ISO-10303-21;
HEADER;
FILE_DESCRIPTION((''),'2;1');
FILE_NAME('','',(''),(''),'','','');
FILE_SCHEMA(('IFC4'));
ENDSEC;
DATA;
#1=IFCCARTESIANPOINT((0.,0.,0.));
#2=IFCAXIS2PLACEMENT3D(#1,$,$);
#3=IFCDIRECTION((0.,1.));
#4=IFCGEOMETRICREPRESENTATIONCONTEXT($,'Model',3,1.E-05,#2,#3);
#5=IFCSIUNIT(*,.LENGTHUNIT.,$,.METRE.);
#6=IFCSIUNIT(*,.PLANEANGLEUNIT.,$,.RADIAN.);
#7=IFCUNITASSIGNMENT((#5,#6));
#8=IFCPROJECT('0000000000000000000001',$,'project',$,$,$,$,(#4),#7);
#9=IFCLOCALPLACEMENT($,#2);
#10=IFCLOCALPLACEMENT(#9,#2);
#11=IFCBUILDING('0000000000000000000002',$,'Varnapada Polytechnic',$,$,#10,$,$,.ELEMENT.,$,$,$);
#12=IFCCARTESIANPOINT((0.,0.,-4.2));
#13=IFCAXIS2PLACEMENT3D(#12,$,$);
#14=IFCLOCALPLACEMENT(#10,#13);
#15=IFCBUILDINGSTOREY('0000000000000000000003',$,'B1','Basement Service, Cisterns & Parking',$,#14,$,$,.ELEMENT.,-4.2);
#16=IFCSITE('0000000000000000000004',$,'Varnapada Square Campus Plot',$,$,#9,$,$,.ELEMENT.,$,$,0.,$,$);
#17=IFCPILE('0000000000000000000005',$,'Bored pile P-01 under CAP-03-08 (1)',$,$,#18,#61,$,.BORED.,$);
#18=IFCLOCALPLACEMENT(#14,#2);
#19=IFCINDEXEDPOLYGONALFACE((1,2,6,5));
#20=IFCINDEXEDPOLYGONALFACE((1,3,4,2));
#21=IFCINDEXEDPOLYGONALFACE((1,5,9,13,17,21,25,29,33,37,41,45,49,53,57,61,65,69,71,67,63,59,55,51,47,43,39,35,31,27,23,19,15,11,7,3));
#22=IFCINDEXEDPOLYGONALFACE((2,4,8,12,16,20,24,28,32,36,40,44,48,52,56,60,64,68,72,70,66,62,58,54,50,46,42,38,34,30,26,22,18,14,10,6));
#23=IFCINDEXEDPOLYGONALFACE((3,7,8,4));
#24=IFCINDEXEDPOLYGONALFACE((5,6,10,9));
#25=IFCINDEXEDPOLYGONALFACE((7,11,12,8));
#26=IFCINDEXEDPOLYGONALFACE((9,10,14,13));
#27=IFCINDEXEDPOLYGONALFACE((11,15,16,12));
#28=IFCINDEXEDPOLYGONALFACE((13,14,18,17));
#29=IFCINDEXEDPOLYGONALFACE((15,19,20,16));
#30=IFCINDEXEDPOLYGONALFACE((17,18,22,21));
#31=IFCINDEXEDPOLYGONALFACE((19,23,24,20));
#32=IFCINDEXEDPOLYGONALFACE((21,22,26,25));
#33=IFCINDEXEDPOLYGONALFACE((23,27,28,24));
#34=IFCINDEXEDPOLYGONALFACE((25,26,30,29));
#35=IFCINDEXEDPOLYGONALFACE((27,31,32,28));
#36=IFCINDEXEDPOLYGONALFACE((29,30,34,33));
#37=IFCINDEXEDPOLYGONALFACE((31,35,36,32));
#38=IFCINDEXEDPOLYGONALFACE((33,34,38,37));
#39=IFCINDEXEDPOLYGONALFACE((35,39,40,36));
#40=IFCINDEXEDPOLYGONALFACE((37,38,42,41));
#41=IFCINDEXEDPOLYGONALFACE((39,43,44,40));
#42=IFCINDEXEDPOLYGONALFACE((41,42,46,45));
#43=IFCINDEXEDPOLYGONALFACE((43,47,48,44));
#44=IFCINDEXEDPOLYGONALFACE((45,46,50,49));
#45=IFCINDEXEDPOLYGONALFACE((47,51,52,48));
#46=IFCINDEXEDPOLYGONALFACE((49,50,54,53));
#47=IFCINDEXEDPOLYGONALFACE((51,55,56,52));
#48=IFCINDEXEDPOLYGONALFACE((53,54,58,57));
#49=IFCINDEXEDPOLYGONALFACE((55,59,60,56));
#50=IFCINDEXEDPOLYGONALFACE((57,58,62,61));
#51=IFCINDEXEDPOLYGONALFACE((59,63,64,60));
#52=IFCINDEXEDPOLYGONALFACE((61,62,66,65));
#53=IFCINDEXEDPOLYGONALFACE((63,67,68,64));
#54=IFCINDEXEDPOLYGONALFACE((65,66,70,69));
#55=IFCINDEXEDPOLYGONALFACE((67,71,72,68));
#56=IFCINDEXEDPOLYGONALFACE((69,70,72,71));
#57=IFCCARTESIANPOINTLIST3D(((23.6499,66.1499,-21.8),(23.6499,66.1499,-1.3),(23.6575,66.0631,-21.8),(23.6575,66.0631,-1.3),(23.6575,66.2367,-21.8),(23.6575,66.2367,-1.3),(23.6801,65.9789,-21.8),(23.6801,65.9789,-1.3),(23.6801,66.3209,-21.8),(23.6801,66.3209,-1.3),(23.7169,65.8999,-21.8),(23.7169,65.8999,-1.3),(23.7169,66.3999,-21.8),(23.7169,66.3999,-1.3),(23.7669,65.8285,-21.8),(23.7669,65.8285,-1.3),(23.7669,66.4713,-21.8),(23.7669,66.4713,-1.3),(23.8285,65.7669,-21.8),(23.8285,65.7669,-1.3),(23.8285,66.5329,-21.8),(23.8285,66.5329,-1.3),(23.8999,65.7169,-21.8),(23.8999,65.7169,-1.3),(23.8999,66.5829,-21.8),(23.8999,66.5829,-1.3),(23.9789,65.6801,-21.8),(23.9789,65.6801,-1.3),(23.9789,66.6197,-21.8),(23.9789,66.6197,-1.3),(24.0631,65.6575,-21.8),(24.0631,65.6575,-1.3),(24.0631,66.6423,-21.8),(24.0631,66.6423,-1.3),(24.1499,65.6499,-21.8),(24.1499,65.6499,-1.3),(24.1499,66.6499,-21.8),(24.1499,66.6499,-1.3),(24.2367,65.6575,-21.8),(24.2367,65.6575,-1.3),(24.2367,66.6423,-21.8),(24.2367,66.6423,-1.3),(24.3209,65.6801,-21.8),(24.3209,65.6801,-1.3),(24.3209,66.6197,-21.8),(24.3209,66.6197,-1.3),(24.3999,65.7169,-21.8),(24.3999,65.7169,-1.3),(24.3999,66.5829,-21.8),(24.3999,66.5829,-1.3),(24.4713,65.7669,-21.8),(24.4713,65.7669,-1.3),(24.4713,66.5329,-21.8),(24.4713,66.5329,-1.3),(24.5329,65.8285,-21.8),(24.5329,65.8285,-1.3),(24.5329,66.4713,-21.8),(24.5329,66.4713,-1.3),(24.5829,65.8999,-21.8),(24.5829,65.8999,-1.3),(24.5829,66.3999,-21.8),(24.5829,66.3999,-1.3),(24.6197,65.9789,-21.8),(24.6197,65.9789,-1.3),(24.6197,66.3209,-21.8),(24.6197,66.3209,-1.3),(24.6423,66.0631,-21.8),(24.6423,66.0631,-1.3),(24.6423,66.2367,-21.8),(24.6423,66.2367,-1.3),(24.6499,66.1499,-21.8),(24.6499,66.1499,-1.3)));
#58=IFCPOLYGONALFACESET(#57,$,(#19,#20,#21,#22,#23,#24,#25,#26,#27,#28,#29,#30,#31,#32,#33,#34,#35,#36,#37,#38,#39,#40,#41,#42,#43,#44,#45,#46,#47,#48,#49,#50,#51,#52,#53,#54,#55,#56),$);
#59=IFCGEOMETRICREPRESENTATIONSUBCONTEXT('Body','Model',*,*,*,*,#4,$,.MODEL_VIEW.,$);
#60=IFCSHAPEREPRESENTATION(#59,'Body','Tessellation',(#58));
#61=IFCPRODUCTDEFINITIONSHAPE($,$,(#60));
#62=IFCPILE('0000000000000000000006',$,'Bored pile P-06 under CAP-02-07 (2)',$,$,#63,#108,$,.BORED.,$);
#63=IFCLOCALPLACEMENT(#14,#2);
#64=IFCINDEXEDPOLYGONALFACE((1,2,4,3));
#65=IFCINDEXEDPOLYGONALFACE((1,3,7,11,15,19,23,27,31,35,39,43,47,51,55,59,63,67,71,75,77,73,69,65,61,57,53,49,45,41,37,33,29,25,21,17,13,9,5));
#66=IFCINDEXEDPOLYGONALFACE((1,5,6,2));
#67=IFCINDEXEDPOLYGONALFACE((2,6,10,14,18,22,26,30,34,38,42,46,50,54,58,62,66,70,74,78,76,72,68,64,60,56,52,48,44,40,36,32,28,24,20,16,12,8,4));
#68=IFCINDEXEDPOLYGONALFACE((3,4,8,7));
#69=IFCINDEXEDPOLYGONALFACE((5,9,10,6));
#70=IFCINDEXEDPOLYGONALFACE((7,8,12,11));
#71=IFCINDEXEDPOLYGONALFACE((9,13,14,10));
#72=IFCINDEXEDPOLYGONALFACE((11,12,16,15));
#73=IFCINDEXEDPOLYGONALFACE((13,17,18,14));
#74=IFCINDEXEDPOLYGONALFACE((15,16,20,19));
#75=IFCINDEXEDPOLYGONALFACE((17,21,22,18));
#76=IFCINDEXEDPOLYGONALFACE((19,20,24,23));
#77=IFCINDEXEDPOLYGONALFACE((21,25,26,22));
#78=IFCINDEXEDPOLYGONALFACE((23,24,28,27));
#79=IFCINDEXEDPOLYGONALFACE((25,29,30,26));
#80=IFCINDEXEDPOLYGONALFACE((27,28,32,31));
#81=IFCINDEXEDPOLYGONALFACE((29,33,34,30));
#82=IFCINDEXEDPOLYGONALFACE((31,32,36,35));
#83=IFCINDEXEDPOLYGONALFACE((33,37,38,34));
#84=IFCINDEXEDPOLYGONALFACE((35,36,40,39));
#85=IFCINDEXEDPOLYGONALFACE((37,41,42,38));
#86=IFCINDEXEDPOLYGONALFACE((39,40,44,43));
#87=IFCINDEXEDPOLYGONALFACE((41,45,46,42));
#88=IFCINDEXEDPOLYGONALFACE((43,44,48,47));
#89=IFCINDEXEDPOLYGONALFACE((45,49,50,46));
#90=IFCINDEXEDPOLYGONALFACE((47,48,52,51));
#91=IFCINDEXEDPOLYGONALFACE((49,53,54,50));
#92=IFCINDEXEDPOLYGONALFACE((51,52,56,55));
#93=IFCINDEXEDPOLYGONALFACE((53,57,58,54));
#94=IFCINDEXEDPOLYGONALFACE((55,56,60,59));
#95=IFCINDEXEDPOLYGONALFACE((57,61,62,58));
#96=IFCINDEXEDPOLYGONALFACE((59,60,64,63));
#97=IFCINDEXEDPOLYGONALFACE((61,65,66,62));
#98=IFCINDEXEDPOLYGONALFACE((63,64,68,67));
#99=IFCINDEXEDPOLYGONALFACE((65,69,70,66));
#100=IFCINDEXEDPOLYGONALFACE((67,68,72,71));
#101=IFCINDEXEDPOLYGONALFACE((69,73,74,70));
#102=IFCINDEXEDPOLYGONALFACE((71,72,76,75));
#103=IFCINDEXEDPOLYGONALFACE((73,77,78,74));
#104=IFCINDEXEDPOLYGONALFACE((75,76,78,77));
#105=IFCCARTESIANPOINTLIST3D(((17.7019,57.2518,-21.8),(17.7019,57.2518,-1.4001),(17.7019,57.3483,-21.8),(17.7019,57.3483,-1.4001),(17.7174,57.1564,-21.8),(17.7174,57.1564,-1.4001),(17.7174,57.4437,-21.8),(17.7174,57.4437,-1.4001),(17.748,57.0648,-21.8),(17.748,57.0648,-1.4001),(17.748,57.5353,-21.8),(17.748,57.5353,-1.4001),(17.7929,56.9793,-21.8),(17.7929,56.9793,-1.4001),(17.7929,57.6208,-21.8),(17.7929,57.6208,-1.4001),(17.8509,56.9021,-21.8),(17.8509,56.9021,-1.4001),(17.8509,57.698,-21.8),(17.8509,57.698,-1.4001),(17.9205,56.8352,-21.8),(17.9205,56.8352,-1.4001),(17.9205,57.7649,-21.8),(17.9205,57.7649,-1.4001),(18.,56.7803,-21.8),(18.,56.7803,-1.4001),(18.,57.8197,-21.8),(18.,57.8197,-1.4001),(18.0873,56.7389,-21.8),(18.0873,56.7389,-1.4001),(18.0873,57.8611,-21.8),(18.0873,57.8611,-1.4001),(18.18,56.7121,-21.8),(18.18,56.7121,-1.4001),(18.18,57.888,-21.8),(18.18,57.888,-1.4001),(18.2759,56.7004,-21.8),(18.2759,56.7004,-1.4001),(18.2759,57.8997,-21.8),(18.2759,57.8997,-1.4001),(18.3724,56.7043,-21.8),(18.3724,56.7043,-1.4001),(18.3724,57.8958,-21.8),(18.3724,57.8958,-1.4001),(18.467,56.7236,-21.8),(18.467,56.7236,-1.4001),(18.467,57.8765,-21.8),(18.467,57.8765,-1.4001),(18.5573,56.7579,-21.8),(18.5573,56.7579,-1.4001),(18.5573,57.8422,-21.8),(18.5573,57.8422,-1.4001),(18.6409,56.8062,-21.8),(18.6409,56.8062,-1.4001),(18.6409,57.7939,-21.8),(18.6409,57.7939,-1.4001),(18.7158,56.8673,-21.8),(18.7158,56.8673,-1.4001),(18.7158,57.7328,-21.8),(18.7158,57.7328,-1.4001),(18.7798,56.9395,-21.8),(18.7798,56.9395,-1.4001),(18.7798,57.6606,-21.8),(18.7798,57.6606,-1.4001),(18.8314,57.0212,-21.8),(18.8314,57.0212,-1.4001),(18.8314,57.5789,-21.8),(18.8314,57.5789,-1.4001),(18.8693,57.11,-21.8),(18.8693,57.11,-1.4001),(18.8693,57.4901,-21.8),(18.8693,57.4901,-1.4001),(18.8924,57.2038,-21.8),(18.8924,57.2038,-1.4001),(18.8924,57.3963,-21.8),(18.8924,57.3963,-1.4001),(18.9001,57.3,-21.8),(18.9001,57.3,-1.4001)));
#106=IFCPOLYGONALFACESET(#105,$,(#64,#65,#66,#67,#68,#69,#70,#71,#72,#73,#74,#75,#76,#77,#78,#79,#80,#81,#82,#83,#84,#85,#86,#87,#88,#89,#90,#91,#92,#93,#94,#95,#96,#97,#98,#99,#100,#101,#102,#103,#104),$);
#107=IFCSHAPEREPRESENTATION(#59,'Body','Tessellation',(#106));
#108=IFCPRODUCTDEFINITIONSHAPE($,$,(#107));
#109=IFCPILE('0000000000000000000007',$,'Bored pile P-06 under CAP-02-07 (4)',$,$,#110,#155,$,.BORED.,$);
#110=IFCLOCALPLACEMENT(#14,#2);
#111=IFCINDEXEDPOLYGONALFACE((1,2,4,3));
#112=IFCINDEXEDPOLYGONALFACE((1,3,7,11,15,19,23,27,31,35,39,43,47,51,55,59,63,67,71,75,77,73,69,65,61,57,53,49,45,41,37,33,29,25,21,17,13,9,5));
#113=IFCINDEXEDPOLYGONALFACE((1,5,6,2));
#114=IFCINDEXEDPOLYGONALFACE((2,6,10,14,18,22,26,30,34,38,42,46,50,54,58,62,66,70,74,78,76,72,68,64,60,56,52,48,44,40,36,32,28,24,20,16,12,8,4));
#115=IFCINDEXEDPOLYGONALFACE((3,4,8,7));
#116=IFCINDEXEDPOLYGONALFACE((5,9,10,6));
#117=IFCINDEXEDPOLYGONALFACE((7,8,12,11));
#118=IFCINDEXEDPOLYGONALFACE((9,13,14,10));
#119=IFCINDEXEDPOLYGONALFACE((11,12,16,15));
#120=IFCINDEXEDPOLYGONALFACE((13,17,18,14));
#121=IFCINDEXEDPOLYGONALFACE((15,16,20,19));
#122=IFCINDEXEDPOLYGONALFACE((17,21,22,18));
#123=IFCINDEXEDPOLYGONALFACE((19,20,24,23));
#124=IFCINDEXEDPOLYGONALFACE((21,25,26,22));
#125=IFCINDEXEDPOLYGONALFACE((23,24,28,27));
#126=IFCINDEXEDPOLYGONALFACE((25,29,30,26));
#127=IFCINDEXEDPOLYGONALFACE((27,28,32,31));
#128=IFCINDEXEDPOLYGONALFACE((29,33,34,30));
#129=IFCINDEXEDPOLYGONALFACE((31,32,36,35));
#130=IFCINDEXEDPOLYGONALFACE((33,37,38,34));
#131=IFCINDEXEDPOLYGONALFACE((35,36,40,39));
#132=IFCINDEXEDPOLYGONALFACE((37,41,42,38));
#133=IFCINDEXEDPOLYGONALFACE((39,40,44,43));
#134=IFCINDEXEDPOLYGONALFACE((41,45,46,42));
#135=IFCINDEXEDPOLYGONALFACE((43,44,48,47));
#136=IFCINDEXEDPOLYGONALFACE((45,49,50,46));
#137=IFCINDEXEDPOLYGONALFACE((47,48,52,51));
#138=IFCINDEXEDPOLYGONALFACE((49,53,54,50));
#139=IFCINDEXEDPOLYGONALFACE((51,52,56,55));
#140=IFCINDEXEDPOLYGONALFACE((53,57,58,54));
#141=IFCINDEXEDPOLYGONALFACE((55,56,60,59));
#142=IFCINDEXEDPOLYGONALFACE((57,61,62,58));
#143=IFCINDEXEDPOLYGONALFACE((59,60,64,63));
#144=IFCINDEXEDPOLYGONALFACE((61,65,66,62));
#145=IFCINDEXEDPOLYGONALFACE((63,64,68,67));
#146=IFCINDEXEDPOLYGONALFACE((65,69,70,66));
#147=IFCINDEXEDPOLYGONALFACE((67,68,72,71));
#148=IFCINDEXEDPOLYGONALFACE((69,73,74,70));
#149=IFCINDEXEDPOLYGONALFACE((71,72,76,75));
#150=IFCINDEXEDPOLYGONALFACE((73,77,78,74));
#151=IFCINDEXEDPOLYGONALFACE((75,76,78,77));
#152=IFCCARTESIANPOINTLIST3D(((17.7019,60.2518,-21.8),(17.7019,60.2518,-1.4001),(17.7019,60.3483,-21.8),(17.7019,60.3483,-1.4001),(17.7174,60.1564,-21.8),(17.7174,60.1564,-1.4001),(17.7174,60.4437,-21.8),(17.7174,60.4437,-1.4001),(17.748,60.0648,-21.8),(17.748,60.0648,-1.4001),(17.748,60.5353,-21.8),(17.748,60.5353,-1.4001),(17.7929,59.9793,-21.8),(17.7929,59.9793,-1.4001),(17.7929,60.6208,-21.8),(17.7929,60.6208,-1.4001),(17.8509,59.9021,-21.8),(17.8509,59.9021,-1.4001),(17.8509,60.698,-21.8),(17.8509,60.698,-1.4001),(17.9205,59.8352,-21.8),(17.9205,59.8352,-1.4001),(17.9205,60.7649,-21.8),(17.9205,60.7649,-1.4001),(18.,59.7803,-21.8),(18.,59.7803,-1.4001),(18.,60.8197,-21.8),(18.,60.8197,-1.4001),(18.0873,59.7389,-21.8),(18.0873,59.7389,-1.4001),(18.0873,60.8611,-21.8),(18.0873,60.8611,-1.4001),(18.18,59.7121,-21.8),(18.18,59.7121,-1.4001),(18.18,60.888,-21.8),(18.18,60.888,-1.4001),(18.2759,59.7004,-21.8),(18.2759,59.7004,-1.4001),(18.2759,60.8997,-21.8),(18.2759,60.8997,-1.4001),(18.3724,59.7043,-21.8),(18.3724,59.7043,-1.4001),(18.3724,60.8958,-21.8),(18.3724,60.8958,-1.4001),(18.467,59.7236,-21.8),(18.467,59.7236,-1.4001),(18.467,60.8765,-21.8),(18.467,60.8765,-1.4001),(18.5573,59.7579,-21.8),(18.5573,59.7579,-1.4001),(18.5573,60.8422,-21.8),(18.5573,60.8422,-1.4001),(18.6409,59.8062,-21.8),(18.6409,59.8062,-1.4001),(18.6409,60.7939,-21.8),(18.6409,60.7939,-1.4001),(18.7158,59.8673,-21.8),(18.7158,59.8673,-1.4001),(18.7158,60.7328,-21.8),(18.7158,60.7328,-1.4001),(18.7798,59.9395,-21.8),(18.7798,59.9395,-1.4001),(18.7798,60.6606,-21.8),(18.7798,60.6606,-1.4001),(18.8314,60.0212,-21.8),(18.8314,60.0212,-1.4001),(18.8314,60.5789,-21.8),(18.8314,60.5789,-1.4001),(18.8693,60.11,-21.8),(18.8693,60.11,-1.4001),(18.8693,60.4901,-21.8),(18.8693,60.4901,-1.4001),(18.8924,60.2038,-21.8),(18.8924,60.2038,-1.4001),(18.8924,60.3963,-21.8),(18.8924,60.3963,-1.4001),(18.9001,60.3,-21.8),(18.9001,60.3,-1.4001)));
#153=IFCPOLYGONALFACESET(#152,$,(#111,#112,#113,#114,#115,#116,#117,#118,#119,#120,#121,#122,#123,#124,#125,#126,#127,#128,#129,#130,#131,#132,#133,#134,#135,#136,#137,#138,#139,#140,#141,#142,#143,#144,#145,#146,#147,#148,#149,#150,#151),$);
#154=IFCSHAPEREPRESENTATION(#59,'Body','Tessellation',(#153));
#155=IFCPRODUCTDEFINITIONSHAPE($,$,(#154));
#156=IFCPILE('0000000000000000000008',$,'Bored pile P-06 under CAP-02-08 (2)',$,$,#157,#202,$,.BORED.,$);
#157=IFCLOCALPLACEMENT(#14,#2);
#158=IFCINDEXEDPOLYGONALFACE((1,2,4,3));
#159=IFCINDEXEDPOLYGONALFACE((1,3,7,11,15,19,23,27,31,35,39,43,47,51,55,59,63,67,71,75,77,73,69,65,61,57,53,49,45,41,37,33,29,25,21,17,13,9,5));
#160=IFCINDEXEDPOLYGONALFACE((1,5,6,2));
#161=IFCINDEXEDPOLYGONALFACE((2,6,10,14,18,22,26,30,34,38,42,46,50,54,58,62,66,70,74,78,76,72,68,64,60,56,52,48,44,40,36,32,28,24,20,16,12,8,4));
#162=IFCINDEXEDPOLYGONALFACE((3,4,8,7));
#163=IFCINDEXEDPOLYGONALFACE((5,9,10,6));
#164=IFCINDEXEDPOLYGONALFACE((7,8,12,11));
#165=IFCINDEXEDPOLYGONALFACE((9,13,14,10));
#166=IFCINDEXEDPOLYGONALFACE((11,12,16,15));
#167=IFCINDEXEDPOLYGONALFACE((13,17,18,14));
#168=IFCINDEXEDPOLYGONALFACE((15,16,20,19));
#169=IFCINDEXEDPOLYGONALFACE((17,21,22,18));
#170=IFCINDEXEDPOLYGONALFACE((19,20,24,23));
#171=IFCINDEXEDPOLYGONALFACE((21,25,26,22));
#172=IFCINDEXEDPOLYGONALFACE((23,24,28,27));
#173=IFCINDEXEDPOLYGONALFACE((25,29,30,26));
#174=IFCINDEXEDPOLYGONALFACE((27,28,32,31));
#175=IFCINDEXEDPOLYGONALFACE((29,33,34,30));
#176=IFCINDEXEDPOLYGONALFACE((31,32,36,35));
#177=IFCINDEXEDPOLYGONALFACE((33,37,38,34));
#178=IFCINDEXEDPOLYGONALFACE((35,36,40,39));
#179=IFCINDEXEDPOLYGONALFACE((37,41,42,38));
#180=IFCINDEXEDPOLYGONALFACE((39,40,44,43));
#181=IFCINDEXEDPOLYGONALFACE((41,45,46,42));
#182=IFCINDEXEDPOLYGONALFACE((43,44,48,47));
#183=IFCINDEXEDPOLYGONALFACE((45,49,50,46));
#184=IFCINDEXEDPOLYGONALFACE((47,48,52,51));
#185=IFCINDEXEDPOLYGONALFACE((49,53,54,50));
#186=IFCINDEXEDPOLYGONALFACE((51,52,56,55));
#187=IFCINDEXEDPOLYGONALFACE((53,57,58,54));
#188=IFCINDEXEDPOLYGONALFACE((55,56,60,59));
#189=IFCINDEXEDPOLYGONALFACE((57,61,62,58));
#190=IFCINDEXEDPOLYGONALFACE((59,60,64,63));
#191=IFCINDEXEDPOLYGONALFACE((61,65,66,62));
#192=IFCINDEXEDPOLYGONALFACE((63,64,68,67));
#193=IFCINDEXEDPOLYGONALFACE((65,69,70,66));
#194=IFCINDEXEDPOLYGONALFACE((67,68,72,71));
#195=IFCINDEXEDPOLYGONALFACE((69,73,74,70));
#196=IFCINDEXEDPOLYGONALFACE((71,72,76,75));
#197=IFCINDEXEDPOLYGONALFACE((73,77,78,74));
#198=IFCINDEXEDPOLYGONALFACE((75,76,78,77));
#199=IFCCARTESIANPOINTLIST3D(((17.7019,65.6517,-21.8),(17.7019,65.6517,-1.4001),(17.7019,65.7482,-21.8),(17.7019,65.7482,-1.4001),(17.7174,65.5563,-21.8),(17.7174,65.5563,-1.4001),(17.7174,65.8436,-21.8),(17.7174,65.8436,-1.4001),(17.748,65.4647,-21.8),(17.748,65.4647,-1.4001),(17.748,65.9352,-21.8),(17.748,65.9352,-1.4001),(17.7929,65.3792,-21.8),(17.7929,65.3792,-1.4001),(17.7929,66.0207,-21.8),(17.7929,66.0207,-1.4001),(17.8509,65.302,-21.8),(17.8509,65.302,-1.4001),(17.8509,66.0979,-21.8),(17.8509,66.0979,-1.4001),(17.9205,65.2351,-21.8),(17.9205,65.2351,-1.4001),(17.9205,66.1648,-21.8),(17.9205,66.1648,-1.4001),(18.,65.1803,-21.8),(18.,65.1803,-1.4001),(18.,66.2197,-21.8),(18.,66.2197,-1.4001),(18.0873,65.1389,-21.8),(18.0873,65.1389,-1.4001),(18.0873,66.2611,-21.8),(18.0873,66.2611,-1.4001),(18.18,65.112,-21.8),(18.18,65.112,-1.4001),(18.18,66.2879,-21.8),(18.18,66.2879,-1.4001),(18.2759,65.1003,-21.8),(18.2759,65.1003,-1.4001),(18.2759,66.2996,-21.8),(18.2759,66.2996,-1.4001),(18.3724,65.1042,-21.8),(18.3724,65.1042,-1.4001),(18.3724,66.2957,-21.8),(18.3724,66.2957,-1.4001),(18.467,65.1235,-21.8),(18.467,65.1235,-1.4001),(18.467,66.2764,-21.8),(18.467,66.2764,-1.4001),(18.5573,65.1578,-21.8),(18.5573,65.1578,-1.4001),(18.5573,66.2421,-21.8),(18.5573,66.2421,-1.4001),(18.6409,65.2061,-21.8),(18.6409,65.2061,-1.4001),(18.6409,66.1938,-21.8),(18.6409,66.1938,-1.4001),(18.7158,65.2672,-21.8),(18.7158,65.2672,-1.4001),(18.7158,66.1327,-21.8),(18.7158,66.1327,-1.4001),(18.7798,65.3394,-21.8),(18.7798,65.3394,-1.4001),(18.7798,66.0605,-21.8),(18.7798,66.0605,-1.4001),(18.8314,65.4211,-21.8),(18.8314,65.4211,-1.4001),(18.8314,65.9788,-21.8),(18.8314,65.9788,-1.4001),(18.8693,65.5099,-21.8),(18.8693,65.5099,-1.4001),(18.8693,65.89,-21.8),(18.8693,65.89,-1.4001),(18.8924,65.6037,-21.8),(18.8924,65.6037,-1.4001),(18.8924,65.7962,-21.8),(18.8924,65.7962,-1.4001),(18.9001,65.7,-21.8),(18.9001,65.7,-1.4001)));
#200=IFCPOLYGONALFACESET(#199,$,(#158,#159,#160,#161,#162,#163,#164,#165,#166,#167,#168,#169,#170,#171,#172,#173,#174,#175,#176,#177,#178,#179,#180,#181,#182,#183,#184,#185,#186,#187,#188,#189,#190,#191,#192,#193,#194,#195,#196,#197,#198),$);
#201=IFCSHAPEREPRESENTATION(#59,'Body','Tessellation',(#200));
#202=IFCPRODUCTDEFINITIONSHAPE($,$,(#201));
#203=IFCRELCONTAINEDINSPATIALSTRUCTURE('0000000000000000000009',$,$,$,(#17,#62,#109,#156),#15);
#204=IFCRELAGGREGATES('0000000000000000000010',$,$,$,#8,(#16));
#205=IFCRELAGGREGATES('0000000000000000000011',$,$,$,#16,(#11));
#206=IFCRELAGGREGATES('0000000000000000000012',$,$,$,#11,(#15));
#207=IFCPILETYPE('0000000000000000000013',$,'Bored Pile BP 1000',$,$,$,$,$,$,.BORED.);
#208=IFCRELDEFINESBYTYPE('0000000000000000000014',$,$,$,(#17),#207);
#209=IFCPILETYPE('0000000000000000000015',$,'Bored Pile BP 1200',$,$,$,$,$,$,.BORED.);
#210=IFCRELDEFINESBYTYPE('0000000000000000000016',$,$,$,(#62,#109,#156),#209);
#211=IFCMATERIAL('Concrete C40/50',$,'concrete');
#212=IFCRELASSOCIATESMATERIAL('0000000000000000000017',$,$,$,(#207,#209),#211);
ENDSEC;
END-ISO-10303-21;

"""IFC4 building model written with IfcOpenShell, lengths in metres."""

from ifc_helpers import new_model, si_unit, direction, frame, origin, origin_2d, place, context, subcontext, project, spatial, circle, extrude, material, material_profile, profile_set, type_object, element, save


model = new_model("IFC4")

# Units and contexts
model_context = context("Model", 3, precision=1e-05, world=origin(), true_north=direction((0.0, 1.0)))
body_context = subcontext(model_context, "Body", "Model", "MODEL_VIEW")
ifc_project = project(units=[si_unit("LENGTHUNIT", "METRE"), si_unit("PLANEANGLEUNIT", "RADIAN")], contexts=[model_context])

# Site, building, storey
site_placement = place(None, origin())
site = spatial("IfcSite", under=ifc_project, at=site_placement, Name="Varnapada Square Campus Plot", CompositionType="ELEMENT", RefElevation=0.0)
building_placement = place(site_placement, origin())
building = spatial("IfcBuilding", under=site, at=building_placement, Name="Varnapada Polytechnic", CompositionType="ELEMENT")
storey_placement = place(building_placement, frame((0.0, 0.0, -4.2)))
storey = spatial("IfcBuildingStorey", under=building, at=storey_placement, Name="B1", Description="Basement Service, Cisterns & Parking", CompositionType="ELEMENT", Elevation=-4.2)

# Piles
ifc_material_1 = material(Name="Concrete C40/50", Category="concrete")
ifc_material_profile_1 = material_profile(ifc_material_1, circle(Radius=0.5, at=origin_2d()), Name="BP 1000")
ifc_profile_set_1 = profile_set([ifc_material_profile_1], Name="Concrete C40/50")
pile_type_1 = type_object("IfcPileType", Name="Bored Pile BP 1000", PredefinedType="BORED", material=ifc_profile_set_1)
for number, where, z_axis, x_axis, name in (
    (1, (24.1499, 66.1499, -1.3), (0.0, 0.0, -1.0), (1.0, 0.0, 0.0), "Bored pile P-01 under CAP-03-08 (1)"),
):
    element("IfcPile", number, at=place(storey_placement, frame(where, z_axis=z_axis, x_axis=x_axis)), inside=storey, type_object=pile_type_1, Name=name, PredefinedType="BORED", context=body_context, shape_type="SweptSolid", body=[
        extrude(circle(Radius=0.5, at=origin_2d()), origin(), (0.0, 0.0, 1.0), 20.5),
    ])
ifc_material_profile_2 = material_profile(ifc_material_1, circle(Radius=0.6001, at=origin_2d()), Name="BP 1200")
ifc_profile_set_2 = profile_set([ifc_material_profile_2], Name="Concrete C40/50")
pile_type_2 = type_object("IfcPileType", Name="Bored Pile BP 1200", PredefinedType="BORED", material=ifc_profile_set_2)
for number, where, z_axis, x_axis, name in (
    (2, (18.3, 57.3, -1.4001), (0.0, 0.0, -1.0), (1.0, 0.0, 0.0), "Bored pile P-06 under CAP-02-07 (2)"),
    (3, (18.3, 60.3, -1.4001), (0.0, 0.0, -1.0), (1.0, 0.0, 0.0), "Bored pile P-06 under CAP-02-07 (4)"),
    (4, (18.3, 65.7, -1.4001), (0.0, 0.0, -1.0), (1.0, 0.0, 0.0), "Bored pile P-06 under CAP-02-08 (2)"),
):
    element("IfcPile", number, at=place(storey_placement, frame(where, z_axis=z_axis, x_axis=x_axis)), inside=storey, type_object=pile_type_2, Name=name, PredefinedType="BORED", context=body_context, shape_type="SweptSolid", body=[
        extrude(circle(Radius=0.6001, at=origin_2d()), origin(), (0.0, 0.0, 1.0), 20.3999),
    ])

save(model, "model.ifc")
